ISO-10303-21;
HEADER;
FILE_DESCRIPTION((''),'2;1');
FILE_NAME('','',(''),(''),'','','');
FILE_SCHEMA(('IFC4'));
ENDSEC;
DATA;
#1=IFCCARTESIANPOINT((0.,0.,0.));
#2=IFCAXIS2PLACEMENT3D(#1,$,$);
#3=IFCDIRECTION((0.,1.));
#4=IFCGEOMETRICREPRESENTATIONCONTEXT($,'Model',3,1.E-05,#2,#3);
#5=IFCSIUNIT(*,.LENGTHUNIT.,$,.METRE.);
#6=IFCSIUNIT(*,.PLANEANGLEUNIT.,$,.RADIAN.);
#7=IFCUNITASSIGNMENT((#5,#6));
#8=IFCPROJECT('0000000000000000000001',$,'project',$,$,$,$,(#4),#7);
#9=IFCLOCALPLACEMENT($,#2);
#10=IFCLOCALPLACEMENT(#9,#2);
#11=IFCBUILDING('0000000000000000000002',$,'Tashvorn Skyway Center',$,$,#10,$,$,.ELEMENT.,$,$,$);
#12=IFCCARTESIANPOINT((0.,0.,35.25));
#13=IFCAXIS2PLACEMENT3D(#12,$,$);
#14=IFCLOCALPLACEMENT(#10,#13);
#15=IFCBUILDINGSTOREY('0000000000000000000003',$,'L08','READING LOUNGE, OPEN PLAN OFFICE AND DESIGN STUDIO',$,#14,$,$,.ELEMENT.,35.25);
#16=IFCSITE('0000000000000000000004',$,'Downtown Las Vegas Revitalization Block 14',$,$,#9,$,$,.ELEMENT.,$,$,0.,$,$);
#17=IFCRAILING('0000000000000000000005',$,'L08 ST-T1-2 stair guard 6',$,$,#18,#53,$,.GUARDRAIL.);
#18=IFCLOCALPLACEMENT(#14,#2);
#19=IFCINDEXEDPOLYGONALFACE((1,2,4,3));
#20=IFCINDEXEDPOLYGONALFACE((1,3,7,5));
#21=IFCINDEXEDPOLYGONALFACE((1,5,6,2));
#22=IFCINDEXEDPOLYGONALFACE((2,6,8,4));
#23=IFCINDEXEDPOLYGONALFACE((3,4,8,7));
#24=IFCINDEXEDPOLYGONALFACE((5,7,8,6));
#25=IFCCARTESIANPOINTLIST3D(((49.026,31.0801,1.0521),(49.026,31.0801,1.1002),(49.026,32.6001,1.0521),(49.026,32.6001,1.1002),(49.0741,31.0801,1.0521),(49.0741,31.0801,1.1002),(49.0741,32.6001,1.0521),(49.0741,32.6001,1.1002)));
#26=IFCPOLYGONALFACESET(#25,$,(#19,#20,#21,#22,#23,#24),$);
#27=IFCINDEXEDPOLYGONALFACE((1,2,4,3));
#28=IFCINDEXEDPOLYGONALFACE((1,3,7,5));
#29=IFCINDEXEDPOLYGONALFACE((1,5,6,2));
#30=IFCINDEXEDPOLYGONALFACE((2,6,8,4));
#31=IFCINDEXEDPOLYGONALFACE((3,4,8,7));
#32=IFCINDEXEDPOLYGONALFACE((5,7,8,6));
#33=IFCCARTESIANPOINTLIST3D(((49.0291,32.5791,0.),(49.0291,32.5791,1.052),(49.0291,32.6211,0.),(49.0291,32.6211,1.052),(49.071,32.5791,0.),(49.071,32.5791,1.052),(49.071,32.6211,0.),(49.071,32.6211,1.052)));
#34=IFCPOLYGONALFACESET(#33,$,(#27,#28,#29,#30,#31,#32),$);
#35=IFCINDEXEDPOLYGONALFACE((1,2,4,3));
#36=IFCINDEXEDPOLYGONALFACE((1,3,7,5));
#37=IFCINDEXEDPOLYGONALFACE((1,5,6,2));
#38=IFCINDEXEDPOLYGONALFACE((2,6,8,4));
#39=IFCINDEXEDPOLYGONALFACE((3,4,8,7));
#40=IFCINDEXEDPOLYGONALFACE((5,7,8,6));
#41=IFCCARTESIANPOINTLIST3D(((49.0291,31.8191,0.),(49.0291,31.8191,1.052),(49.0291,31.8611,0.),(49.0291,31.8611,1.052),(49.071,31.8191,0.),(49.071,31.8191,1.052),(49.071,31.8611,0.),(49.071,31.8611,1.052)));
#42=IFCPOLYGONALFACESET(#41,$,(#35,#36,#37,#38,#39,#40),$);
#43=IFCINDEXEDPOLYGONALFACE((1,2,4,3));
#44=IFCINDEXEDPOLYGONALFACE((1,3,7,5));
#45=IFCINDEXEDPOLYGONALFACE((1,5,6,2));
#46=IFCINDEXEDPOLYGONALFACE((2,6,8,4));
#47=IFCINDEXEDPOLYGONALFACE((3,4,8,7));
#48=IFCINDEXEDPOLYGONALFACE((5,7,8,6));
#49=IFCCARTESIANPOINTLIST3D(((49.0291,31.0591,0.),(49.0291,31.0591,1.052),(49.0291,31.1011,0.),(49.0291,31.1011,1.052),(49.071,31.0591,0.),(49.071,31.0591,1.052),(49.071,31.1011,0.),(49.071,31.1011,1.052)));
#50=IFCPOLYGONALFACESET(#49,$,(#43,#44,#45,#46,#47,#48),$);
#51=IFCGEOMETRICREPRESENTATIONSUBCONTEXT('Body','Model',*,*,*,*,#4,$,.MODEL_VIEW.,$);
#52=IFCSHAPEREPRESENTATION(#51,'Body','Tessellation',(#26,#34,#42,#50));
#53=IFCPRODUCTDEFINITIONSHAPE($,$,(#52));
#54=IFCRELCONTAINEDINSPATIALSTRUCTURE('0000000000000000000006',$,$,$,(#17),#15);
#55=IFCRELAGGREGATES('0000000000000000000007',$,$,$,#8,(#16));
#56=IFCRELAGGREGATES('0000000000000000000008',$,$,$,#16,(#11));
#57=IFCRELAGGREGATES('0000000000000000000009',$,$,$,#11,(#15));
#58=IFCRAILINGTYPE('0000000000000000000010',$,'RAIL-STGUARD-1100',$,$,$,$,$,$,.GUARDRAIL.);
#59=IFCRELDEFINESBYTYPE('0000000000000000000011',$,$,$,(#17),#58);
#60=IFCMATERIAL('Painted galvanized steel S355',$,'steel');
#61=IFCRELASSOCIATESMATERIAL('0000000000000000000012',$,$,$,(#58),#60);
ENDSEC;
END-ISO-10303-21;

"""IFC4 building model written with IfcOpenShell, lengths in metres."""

from ifc_helpers import new_model, si_unit, direction, frame, origin, origin_2d, place, context, subcontext, project, spatial, rectangle, extrude, material, type_object, element, save


model = new_model("IFC4")

# Units and contexts
model_context = context("Model", 3, precision=1e-05, world=origin(), true_north=direction((0.0, 1.0)))
body_context = subcontext(model_context, "Body", "Model", "MODEL_VIEW")
ifc_project = project(units=[si_unit("LENGTHUNIT", "METRE"), si_unit("PLANEANGLEUNIT", "RADIAN")], contexts=[model_context])

# Site, building, storey
site_placement = place(None, origin())
site = spatial("IfcSite", under=ifc_project, at=site_placement, Name="Downtown Las Vegas Revitalization Block 14", CompositionType="ELEMENT", RefElevation=0.0)
building_placement = place(site_placement, origin())
building = spatial("IfcBuilding", under=site, at=building_placement, Name="Tashvorn Skyway Center", CompositionType="ELEMENT")
storey_placement = place(building_placement, frame((0.0, 0.0, 35.25)))
storey = spatial("IfcBuildingStorey", under=building, at=storey_placement, Name="L08", Description="READING LOUNGE, OPEN PLAN OFFICE AND DESIGN STUDIO", CompositionType="ELEMENT", Elevation=35.25)

# Railing
ifc_material_1 = material(Name="Painted galvanized steel S355", Category="steel")
railing_type = type_object("IfcRailingType", Name="RAIL-STGUARD-1100", PredefinedType="GUARDRAIL", material=ifc_material_1)
railing_placement = place(storey_placement, frame((49.05, 32.6001, 0.0)))
element("IfcRailing", 1, at=railing_placement, inside=storey, type_object=railing_type, Name="L08 ST-T1-2 stair guard 6", PredefinedType="GUARDRAIL", context=body_context, shape_type="SweptSolid", body=[
    extrude(rectangle(XDim=0.0481, YDim=0.0481, at=origin_2d()), frame((0.0, 0.0, 1.0762), z_axis=(0.0, -1.0, 0.0), x_axis=(1.0, 0.0, 0.0)), (0.0, 0.0, 1.0), 1.52),
    extrude(rectangle(XDim=0.042, YDim=0.042, at=origin_2d()), origin(), (0.0, 0.0, 1.0), 1.052),
    extrude(rectangle(XDim=0.042, YDim=0.042, at=origin_2d()), frame((0.0, -0.76, 0.0)), (0.0, 0.0, 1.0), 1.052),
    extrude(rectangle(XDim=0.042, YDim=0.042, at=origin_2d()), frame((0.0, -1.52, 0.0)), (0.0, 0.0, 1.0), 1.052),
])

save(model, "model.ifc")
